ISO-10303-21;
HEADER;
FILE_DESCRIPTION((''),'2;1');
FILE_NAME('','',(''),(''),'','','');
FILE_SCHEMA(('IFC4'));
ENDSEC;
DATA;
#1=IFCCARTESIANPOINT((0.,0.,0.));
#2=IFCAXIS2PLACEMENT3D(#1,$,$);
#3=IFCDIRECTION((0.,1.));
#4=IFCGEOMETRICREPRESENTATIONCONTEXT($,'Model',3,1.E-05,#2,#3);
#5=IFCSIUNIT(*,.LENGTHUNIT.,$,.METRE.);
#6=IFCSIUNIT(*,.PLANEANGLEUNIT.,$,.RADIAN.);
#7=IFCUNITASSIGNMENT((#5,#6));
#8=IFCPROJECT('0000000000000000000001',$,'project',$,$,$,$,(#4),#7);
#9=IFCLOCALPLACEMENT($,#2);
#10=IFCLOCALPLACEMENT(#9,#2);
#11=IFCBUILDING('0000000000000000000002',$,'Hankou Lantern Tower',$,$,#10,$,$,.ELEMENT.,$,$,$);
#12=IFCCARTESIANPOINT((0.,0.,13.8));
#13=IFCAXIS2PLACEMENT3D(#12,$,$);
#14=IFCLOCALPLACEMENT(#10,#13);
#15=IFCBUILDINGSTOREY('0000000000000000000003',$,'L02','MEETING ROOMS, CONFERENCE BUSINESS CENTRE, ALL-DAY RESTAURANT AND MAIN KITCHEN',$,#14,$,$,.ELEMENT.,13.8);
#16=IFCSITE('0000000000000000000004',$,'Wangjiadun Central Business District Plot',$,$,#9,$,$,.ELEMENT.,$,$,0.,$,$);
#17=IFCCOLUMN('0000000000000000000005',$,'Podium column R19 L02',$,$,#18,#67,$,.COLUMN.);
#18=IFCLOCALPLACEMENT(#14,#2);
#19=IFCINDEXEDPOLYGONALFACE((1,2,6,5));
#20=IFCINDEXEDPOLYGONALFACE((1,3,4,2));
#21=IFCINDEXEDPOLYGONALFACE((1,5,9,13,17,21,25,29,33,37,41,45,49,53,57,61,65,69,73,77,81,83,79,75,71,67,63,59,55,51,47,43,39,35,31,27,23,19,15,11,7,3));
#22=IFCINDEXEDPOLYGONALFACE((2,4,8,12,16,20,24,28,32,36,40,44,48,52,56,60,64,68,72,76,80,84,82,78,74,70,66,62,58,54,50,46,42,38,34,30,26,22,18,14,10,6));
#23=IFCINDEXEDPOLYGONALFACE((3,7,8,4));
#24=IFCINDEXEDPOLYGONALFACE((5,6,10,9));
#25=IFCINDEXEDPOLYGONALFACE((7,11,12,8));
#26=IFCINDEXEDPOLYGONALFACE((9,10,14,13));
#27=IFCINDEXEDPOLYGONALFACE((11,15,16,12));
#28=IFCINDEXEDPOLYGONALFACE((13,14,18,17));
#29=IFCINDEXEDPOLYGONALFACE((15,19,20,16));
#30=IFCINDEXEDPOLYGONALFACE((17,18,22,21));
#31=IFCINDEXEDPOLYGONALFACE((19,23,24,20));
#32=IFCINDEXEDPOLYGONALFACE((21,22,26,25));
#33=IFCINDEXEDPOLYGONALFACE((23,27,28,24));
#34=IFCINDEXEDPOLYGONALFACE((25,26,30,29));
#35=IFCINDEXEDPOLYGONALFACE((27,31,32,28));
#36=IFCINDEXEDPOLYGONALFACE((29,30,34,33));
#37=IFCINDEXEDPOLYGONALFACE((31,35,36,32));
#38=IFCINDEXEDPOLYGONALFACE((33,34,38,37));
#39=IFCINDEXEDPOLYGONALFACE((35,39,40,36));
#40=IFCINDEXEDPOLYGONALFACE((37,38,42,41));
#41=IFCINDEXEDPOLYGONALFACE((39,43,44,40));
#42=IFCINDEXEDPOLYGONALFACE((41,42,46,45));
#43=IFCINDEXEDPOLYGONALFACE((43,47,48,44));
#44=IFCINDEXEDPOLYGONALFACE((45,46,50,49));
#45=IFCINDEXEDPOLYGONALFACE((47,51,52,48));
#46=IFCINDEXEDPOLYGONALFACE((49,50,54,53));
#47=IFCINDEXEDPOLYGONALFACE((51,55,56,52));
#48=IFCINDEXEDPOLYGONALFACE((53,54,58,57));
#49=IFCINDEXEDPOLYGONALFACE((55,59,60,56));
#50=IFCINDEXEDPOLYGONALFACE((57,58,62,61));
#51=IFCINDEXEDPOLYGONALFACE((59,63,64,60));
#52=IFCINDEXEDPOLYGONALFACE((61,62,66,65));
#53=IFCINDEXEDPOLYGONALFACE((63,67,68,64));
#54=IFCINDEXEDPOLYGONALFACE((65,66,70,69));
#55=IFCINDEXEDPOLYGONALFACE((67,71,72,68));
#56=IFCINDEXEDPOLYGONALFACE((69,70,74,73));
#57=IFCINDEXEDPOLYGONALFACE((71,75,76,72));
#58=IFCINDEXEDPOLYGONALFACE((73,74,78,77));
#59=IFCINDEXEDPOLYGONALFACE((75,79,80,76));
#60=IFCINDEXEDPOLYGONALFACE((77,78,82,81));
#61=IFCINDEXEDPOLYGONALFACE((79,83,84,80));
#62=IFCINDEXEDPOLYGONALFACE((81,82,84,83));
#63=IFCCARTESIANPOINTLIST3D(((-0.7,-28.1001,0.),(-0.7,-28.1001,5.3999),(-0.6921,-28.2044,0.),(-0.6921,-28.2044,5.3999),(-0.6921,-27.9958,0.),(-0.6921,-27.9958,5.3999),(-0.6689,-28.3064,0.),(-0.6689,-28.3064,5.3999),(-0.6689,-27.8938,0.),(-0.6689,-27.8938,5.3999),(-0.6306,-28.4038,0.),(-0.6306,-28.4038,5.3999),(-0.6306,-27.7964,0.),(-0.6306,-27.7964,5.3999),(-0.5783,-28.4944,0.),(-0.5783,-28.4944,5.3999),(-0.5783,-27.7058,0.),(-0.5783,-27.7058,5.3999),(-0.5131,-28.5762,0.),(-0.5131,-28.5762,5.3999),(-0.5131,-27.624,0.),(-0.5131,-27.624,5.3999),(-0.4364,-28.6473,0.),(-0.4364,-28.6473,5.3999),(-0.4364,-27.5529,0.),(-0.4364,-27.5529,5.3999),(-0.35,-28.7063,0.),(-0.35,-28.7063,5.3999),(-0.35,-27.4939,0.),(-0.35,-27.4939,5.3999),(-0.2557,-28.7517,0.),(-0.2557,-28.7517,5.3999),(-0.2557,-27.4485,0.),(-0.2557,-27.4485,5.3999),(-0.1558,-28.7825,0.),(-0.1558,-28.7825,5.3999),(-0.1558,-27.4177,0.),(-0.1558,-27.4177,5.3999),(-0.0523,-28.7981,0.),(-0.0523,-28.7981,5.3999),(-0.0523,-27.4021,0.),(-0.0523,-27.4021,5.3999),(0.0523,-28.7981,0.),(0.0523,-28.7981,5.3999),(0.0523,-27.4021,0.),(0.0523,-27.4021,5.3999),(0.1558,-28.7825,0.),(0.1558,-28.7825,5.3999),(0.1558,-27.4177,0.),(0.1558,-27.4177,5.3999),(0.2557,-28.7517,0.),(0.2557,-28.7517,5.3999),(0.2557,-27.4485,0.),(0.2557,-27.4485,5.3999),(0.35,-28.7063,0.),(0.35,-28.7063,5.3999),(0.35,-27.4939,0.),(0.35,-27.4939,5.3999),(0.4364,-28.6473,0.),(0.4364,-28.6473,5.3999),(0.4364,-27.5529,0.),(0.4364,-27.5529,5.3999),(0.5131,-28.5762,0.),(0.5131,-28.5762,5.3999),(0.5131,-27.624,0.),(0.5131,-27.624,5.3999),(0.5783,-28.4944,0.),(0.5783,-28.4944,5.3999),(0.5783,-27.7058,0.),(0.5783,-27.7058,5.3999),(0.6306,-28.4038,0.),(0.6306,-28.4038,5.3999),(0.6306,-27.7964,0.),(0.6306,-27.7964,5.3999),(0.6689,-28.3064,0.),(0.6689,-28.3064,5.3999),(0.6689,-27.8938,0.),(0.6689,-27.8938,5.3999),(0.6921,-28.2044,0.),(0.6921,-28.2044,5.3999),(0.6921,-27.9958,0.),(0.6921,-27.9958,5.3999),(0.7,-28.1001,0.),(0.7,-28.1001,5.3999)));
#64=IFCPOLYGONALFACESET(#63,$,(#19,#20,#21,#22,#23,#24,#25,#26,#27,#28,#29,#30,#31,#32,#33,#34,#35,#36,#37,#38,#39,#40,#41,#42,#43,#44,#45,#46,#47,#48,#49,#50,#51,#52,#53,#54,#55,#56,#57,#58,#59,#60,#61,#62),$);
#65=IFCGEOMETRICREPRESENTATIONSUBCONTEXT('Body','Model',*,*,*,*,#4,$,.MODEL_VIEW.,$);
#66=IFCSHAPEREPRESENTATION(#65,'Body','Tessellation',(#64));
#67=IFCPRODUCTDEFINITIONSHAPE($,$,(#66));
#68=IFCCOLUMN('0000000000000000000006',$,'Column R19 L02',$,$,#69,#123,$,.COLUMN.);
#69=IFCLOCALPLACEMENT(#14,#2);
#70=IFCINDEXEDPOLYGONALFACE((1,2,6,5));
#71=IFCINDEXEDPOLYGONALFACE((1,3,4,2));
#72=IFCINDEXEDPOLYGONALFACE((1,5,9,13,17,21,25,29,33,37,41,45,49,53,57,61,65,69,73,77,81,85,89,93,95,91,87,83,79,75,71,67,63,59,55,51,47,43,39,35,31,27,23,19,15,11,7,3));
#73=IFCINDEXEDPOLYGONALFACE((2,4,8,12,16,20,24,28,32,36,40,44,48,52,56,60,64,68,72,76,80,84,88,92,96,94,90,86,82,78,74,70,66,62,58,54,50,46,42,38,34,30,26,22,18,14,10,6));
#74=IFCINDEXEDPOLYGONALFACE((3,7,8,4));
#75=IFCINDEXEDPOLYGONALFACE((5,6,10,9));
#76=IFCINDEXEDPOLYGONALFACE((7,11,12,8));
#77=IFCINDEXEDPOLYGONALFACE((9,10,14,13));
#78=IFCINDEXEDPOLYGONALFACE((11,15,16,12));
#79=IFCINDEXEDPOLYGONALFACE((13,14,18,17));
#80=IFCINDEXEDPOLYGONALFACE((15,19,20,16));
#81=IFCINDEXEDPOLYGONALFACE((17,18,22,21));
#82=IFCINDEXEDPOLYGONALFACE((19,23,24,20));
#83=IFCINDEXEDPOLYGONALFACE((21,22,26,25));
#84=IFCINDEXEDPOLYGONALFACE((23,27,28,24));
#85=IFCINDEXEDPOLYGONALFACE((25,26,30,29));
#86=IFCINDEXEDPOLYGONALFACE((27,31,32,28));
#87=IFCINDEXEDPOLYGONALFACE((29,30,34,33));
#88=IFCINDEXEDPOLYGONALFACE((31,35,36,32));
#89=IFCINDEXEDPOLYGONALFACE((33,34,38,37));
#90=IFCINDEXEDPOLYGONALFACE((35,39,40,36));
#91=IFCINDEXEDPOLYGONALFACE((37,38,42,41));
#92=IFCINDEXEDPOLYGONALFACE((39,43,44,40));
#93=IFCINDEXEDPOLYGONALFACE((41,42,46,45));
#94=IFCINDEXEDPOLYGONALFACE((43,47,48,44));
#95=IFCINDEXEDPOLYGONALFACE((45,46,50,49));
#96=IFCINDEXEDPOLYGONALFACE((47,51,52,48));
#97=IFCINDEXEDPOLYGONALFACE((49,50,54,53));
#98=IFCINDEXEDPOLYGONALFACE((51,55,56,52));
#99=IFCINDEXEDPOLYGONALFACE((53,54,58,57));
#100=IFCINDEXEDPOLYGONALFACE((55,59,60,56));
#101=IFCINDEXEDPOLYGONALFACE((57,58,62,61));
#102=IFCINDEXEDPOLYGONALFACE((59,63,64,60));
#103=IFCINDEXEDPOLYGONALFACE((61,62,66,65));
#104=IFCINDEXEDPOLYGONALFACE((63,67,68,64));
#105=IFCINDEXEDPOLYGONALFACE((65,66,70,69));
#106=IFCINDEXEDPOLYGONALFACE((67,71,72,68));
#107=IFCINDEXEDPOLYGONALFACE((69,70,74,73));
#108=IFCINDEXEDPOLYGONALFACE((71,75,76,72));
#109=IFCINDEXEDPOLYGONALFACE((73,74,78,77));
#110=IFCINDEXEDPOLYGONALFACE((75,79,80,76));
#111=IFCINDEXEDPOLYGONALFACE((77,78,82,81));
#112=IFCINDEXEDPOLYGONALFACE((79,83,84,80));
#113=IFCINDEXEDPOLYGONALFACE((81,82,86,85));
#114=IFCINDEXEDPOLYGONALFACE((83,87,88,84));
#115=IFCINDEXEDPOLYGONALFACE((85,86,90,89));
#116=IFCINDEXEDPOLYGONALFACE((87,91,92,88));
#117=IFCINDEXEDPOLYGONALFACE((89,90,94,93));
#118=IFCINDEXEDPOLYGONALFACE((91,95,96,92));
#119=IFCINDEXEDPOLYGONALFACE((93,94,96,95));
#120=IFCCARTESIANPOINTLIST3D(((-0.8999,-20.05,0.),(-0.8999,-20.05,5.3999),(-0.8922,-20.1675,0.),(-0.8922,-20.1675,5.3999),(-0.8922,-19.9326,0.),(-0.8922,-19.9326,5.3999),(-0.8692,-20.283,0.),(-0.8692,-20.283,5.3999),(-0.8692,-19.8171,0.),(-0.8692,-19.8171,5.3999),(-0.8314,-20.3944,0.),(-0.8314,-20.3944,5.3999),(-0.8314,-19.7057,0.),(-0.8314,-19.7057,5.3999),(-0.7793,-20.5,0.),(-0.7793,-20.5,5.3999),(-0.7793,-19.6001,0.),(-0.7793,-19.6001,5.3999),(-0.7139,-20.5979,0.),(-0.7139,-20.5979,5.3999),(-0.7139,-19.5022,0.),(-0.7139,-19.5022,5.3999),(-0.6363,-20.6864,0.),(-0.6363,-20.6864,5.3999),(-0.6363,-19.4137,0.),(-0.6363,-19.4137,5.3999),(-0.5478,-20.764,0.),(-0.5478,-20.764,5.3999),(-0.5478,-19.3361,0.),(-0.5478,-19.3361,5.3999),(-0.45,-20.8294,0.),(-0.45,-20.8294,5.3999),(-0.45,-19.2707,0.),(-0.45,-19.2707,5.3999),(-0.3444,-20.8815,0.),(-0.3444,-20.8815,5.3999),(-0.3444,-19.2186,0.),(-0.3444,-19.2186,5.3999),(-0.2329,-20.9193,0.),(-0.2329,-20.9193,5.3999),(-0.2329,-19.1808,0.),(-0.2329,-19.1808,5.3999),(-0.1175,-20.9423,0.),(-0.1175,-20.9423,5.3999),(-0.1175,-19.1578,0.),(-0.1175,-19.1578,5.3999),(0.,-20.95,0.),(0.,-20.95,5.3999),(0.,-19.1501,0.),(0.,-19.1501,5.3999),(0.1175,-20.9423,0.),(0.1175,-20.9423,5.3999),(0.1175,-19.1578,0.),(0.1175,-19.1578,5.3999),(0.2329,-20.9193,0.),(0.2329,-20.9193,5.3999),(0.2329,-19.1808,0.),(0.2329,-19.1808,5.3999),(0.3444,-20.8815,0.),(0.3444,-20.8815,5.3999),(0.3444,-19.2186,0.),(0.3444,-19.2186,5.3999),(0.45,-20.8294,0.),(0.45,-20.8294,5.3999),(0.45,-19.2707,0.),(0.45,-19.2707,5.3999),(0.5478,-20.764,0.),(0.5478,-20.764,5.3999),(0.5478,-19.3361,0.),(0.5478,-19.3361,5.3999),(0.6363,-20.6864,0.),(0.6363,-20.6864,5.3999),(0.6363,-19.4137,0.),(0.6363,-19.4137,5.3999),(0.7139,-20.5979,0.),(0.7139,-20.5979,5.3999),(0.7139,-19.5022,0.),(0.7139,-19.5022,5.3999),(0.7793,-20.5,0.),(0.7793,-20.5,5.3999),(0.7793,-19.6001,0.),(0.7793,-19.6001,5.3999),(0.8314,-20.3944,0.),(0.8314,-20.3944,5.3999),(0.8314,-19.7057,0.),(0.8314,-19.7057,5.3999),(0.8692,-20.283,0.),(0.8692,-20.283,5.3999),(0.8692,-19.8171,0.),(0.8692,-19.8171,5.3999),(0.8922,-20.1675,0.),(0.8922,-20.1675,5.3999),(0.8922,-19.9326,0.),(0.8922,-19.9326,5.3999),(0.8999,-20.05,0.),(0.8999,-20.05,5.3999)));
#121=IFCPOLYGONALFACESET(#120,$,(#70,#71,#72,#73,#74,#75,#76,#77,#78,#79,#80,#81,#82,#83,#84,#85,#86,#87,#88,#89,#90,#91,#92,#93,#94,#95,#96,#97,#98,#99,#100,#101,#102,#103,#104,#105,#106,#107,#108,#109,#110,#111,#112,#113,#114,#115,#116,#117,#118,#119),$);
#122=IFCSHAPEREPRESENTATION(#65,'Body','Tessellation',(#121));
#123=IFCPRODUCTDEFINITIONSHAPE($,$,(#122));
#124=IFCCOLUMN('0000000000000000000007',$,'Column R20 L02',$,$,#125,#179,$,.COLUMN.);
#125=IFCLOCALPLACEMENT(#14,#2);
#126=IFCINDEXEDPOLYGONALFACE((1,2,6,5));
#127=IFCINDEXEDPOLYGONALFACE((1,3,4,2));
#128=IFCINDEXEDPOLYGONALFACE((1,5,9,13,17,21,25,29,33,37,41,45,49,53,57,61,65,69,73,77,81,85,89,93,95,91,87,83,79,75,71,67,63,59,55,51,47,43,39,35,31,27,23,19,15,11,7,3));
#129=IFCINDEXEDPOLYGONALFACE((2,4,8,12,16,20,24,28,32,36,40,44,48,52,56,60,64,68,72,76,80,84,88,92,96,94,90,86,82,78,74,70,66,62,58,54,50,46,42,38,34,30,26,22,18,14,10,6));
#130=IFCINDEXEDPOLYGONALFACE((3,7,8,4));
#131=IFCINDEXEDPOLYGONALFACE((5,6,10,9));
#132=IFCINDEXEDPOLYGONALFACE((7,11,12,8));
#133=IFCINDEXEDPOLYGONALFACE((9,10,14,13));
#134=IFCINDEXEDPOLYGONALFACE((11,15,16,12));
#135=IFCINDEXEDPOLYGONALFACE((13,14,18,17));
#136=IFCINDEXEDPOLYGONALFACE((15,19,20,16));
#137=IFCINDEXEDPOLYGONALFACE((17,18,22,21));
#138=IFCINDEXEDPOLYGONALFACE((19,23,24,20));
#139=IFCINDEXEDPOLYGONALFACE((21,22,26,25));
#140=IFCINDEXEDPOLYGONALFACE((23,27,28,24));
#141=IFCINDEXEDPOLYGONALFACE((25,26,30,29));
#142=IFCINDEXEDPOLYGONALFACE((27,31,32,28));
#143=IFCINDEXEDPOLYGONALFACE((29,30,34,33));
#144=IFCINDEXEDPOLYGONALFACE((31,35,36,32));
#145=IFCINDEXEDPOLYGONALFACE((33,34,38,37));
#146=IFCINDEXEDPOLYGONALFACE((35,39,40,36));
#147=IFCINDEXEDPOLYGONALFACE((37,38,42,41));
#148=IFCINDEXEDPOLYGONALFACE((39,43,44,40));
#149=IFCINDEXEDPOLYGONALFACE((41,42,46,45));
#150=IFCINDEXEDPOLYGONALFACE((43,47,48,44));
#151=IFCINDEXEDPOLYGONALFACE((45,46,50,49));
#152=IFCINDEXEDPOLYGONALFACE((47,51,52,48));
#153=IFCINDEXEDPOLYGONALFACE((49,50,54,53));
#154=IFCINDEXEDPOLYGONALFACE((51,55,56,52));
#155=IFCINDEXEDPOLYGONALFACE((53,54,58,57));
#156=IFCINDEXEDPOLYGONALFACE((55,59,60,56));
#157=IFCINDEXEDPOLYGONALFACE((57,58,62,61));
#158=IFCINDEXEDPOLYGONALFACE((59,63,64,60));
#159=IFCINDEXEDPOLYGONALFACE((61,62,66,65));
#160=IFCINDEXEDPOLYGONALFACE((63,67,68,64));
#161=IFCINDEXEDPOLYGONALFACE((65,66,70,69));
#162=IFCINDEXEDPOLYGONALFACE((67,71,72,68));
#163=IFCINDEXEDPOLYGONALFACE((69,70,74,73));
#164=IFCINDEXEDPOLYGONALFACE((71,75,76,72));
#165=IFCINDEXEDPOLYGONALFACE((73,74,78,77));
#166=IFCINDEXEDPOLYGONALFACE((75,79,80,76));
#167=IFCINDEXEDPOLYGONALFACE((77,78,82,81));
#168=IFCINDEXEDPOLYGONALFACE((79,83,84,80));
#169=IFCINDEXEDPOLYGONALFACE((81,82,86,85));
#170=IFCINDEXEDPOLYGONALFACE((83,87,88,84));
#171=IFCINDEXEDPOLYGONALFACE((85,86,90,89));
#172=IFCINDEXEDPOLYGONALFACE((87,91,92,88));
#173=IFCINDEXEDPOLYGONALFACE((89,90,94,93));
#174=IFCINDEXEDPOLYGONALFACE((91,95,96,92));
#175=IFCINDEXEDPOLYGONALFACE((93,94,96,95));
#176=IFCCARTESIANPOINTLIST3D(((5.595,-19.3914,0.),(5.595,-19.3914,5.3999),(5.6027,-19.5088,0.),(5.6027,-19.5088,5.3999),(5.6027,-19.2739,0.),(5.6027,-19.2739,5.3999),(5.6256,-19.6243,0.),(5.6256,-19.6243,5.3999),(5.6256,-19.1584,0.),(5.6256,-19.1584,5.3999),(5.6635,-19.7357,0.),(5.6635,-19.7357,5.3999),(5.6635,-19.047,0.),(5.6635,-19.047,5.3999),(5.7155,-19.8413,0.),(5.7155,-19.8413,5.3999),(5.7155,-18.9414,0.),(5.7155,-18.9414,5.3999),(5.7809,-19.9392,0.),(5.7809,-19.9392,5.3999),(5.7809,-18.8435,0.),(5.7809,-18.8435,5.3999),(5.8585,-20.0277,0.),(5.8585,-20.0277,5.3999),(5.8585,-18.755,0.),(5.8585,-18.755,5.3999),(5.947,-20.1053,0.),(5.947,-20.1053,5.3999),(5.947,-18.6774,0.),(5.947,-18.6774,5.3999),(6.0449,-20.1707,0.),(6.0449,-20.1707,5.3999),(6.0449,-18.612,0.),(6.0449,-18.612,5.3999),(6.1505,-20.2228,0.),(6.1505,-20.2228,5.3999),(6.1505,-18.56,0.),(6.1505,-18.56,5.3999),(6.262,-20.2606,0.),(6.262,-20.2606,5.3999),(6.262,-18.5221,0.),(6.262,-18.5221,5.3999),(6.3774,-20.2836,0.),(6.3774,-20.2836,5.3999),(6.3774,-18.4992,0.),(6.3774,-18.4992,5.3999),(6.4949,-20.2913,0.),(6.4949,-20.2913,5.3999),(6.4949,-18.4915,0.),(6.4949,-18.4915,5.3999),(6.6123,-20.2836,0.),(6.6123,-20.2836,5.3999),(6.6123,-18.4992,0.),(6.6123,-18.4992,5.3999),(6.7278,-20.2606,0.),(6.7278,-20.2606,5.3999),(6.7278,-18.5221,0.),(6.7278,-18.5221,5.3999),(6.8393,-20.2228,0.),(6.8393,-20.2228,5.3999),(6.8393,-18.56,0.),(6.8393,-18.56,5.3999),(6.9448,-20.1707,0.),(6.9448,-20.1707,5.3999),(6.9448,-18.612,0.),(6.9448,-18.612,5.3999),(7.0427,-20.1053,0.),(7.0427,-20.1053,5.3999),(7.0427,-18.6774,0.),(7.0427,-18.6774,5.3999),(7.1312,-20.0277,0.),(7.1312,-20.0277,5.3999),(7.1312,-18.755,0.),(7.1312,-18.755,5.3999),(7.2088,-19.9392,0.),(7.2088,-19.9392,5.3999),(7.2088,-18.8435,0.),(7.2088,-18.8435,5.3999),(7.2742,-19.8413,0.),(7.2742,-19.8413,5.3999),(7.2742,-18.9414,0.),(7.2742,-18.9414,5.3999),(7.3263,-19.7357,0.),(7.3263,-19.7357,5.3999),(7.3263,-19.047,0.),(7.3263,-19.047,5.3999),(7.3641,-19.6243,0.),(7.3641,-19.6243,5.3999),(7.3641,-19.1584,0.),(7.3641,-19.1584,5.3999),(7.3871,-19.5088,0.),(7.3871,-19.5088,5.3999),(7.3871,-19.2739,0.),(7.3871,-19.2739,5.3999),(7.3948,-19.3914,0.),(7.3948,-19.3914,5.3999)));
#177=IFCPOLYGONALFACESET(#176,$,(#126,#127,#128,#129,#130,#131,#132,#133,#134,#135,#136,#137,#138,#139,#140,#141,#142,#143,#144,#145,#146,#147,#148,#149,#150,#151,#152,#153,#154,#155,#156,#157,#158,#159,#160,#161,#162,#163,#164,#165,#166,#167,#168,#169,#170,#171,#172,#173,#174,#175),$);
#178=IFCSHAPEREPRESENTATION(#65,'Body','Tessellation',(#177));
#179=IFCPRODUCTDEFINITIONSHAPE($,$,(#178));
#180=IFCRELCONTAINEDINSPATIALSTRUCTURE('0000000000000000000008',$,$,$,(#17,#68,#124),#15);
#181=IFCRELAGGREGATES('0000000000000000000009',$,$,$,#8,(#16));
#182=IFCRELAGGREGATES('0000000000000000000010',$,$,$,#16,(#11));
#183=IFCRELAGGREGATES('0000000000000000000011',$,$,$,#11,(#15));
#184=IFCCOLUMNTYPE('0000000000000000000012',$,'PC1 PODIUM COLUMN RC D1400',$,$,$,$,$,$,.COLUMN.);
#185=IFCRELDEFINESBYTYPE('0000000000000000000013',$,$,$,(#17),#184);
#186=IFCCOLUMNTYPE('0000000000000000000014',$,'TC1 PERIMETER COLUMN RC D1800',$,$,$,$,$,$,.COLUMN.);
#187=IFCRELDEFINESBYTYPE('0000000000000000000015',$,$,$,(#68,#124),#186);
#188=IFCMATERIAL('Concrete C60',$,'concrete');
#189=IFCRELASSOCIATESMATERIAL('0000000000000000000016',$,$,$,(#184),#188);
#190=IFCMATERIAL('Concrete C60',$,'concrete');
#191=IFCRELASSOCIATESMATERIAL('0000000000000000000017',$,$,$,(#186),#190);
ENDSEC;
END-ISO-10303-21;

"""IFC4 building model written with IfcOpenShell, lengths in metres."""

from ifc_helpers import new_model, si_unit, direction, frame, origin, origin_2d, place, context, subcontext, project, spatial, circle, extrude, material, material_profile, profile_set, type_object, element, save


model = new_model("IFC4")

# Units and contexts
model_context = context("Model", 3, precision=1e-05, world=origin(), true_north=direction((0.0, 1.0)))
body_context = subcontext(model_context, "Body", "Model", "MODEL_VIEW")
ifc_project = project(units=[si_unit("LENGTHUNIT", "METRE"), si_unit("PLANEANGLEUNIT", "RADIAN")], contexts=[model_context])

# Site, building, storey
site_placement = place(None, origin())
site = spatial("IfcSite", under=ifc_project, at=site_placement, Name="Wangjiadun Central Business District Plot", CompositionType="ELEMENT", RefElevation=0.0)
building_placement = place(site_placement, origin())
building = spatial("IfcBuilding", under=site, at=building_placement, Name="Hankou Lantern Tower", CompositionType="ELEMENT")
storey_placement = place(building_placement, frame((0.0, 0.0, 13.8)))
storey = spatial("IfcBuildingStorey", under=building, at=storey_placement, Name="L02", Description="MEETING ROOMS, CONFERENCE BUSINESS CENTRE, ALL-DAY RESTAURANT AND MAIN KITCHEN", CompositionType="ELEMENT", Elevation=13.8)

# Columns
ifc_material_1 = material(Name="Concrete C60", Category="concrete")
ifc_material_profile_1 = material_profile(ifc_material_1, circle(Radius=0.7, at=origin_2d()), Name="RC D1400")
ifc_profile_set_1 = profile_set([ifc_material_profile_1], Name="Concrete C60")
column_type_1 = type_object("IfcColumnType", Name="PC1 PODIUM COLUMN RC D1400", PredefinedType="COLUMN", material=ifc_profile_set_1)
column_placement = place(storey_placement, frame((0.0, -28.1001, 0.0), z_axis=(0.0, 0.0, 1.0), x_axis=(1.0, 0.0, 0.0)))
element("IfcColumn", 1, at=column_placement, inside=storey, type_object=column_type_1, Name="Podium column R19 L02", PredefinedType="COLUMN", context=body_context, shape_type="SweptSolid", body=[
    extrude(circle(Radius=0.7, at=origin_2d()), origin(), (0.0, 0.0, 1.0), 5.3999),
])
ifc_material_2 = material(Name="Concrete C60", Category="concrete")
ifc_material_profile_2 = material_profile(ifc_material_2, circle(Radius=0.8999, at=origin_2d()), Name="RC D1800")
ifc_profile_set_2 = profile_set([ifc_material_profile_2], Name="Concrete C60")
column_type_2 = type_object("IfcColumnType", Name="TC1 PERIMETER COLUMN RC D1800", PredefinedType="COLUMN", material=ifc_profile_set_2)
for number, where, z_axis, x_axis, name in (
    (2, (0.0, -20.05, 0.0), (0.0, 0.0, 1.0), (1.0, 0.0, 0.0), "Column R19 L02"),
    (3, (6.4949, -19.3914, 0.0), (0.0, 0.0, 1.0), (1.0, 0.0, 0.0), "Column R20 L02"),
):
    element("IfcColumn", number, at=place(storey_placement, frame(where, z_axis=z_axis, x_axis=x_axis)), inside=storey, type_object=column_type_2, Name=name, PredefinedType="COLUMN", context=body_context, shape_type="SweptSolid", body=[
        extrude(circle(Radius=0.8999, at=origin_2d()), origin(), (0.0, 0.0, 1.0), 5.3999),
    ])

save(model, "model.ifc")
